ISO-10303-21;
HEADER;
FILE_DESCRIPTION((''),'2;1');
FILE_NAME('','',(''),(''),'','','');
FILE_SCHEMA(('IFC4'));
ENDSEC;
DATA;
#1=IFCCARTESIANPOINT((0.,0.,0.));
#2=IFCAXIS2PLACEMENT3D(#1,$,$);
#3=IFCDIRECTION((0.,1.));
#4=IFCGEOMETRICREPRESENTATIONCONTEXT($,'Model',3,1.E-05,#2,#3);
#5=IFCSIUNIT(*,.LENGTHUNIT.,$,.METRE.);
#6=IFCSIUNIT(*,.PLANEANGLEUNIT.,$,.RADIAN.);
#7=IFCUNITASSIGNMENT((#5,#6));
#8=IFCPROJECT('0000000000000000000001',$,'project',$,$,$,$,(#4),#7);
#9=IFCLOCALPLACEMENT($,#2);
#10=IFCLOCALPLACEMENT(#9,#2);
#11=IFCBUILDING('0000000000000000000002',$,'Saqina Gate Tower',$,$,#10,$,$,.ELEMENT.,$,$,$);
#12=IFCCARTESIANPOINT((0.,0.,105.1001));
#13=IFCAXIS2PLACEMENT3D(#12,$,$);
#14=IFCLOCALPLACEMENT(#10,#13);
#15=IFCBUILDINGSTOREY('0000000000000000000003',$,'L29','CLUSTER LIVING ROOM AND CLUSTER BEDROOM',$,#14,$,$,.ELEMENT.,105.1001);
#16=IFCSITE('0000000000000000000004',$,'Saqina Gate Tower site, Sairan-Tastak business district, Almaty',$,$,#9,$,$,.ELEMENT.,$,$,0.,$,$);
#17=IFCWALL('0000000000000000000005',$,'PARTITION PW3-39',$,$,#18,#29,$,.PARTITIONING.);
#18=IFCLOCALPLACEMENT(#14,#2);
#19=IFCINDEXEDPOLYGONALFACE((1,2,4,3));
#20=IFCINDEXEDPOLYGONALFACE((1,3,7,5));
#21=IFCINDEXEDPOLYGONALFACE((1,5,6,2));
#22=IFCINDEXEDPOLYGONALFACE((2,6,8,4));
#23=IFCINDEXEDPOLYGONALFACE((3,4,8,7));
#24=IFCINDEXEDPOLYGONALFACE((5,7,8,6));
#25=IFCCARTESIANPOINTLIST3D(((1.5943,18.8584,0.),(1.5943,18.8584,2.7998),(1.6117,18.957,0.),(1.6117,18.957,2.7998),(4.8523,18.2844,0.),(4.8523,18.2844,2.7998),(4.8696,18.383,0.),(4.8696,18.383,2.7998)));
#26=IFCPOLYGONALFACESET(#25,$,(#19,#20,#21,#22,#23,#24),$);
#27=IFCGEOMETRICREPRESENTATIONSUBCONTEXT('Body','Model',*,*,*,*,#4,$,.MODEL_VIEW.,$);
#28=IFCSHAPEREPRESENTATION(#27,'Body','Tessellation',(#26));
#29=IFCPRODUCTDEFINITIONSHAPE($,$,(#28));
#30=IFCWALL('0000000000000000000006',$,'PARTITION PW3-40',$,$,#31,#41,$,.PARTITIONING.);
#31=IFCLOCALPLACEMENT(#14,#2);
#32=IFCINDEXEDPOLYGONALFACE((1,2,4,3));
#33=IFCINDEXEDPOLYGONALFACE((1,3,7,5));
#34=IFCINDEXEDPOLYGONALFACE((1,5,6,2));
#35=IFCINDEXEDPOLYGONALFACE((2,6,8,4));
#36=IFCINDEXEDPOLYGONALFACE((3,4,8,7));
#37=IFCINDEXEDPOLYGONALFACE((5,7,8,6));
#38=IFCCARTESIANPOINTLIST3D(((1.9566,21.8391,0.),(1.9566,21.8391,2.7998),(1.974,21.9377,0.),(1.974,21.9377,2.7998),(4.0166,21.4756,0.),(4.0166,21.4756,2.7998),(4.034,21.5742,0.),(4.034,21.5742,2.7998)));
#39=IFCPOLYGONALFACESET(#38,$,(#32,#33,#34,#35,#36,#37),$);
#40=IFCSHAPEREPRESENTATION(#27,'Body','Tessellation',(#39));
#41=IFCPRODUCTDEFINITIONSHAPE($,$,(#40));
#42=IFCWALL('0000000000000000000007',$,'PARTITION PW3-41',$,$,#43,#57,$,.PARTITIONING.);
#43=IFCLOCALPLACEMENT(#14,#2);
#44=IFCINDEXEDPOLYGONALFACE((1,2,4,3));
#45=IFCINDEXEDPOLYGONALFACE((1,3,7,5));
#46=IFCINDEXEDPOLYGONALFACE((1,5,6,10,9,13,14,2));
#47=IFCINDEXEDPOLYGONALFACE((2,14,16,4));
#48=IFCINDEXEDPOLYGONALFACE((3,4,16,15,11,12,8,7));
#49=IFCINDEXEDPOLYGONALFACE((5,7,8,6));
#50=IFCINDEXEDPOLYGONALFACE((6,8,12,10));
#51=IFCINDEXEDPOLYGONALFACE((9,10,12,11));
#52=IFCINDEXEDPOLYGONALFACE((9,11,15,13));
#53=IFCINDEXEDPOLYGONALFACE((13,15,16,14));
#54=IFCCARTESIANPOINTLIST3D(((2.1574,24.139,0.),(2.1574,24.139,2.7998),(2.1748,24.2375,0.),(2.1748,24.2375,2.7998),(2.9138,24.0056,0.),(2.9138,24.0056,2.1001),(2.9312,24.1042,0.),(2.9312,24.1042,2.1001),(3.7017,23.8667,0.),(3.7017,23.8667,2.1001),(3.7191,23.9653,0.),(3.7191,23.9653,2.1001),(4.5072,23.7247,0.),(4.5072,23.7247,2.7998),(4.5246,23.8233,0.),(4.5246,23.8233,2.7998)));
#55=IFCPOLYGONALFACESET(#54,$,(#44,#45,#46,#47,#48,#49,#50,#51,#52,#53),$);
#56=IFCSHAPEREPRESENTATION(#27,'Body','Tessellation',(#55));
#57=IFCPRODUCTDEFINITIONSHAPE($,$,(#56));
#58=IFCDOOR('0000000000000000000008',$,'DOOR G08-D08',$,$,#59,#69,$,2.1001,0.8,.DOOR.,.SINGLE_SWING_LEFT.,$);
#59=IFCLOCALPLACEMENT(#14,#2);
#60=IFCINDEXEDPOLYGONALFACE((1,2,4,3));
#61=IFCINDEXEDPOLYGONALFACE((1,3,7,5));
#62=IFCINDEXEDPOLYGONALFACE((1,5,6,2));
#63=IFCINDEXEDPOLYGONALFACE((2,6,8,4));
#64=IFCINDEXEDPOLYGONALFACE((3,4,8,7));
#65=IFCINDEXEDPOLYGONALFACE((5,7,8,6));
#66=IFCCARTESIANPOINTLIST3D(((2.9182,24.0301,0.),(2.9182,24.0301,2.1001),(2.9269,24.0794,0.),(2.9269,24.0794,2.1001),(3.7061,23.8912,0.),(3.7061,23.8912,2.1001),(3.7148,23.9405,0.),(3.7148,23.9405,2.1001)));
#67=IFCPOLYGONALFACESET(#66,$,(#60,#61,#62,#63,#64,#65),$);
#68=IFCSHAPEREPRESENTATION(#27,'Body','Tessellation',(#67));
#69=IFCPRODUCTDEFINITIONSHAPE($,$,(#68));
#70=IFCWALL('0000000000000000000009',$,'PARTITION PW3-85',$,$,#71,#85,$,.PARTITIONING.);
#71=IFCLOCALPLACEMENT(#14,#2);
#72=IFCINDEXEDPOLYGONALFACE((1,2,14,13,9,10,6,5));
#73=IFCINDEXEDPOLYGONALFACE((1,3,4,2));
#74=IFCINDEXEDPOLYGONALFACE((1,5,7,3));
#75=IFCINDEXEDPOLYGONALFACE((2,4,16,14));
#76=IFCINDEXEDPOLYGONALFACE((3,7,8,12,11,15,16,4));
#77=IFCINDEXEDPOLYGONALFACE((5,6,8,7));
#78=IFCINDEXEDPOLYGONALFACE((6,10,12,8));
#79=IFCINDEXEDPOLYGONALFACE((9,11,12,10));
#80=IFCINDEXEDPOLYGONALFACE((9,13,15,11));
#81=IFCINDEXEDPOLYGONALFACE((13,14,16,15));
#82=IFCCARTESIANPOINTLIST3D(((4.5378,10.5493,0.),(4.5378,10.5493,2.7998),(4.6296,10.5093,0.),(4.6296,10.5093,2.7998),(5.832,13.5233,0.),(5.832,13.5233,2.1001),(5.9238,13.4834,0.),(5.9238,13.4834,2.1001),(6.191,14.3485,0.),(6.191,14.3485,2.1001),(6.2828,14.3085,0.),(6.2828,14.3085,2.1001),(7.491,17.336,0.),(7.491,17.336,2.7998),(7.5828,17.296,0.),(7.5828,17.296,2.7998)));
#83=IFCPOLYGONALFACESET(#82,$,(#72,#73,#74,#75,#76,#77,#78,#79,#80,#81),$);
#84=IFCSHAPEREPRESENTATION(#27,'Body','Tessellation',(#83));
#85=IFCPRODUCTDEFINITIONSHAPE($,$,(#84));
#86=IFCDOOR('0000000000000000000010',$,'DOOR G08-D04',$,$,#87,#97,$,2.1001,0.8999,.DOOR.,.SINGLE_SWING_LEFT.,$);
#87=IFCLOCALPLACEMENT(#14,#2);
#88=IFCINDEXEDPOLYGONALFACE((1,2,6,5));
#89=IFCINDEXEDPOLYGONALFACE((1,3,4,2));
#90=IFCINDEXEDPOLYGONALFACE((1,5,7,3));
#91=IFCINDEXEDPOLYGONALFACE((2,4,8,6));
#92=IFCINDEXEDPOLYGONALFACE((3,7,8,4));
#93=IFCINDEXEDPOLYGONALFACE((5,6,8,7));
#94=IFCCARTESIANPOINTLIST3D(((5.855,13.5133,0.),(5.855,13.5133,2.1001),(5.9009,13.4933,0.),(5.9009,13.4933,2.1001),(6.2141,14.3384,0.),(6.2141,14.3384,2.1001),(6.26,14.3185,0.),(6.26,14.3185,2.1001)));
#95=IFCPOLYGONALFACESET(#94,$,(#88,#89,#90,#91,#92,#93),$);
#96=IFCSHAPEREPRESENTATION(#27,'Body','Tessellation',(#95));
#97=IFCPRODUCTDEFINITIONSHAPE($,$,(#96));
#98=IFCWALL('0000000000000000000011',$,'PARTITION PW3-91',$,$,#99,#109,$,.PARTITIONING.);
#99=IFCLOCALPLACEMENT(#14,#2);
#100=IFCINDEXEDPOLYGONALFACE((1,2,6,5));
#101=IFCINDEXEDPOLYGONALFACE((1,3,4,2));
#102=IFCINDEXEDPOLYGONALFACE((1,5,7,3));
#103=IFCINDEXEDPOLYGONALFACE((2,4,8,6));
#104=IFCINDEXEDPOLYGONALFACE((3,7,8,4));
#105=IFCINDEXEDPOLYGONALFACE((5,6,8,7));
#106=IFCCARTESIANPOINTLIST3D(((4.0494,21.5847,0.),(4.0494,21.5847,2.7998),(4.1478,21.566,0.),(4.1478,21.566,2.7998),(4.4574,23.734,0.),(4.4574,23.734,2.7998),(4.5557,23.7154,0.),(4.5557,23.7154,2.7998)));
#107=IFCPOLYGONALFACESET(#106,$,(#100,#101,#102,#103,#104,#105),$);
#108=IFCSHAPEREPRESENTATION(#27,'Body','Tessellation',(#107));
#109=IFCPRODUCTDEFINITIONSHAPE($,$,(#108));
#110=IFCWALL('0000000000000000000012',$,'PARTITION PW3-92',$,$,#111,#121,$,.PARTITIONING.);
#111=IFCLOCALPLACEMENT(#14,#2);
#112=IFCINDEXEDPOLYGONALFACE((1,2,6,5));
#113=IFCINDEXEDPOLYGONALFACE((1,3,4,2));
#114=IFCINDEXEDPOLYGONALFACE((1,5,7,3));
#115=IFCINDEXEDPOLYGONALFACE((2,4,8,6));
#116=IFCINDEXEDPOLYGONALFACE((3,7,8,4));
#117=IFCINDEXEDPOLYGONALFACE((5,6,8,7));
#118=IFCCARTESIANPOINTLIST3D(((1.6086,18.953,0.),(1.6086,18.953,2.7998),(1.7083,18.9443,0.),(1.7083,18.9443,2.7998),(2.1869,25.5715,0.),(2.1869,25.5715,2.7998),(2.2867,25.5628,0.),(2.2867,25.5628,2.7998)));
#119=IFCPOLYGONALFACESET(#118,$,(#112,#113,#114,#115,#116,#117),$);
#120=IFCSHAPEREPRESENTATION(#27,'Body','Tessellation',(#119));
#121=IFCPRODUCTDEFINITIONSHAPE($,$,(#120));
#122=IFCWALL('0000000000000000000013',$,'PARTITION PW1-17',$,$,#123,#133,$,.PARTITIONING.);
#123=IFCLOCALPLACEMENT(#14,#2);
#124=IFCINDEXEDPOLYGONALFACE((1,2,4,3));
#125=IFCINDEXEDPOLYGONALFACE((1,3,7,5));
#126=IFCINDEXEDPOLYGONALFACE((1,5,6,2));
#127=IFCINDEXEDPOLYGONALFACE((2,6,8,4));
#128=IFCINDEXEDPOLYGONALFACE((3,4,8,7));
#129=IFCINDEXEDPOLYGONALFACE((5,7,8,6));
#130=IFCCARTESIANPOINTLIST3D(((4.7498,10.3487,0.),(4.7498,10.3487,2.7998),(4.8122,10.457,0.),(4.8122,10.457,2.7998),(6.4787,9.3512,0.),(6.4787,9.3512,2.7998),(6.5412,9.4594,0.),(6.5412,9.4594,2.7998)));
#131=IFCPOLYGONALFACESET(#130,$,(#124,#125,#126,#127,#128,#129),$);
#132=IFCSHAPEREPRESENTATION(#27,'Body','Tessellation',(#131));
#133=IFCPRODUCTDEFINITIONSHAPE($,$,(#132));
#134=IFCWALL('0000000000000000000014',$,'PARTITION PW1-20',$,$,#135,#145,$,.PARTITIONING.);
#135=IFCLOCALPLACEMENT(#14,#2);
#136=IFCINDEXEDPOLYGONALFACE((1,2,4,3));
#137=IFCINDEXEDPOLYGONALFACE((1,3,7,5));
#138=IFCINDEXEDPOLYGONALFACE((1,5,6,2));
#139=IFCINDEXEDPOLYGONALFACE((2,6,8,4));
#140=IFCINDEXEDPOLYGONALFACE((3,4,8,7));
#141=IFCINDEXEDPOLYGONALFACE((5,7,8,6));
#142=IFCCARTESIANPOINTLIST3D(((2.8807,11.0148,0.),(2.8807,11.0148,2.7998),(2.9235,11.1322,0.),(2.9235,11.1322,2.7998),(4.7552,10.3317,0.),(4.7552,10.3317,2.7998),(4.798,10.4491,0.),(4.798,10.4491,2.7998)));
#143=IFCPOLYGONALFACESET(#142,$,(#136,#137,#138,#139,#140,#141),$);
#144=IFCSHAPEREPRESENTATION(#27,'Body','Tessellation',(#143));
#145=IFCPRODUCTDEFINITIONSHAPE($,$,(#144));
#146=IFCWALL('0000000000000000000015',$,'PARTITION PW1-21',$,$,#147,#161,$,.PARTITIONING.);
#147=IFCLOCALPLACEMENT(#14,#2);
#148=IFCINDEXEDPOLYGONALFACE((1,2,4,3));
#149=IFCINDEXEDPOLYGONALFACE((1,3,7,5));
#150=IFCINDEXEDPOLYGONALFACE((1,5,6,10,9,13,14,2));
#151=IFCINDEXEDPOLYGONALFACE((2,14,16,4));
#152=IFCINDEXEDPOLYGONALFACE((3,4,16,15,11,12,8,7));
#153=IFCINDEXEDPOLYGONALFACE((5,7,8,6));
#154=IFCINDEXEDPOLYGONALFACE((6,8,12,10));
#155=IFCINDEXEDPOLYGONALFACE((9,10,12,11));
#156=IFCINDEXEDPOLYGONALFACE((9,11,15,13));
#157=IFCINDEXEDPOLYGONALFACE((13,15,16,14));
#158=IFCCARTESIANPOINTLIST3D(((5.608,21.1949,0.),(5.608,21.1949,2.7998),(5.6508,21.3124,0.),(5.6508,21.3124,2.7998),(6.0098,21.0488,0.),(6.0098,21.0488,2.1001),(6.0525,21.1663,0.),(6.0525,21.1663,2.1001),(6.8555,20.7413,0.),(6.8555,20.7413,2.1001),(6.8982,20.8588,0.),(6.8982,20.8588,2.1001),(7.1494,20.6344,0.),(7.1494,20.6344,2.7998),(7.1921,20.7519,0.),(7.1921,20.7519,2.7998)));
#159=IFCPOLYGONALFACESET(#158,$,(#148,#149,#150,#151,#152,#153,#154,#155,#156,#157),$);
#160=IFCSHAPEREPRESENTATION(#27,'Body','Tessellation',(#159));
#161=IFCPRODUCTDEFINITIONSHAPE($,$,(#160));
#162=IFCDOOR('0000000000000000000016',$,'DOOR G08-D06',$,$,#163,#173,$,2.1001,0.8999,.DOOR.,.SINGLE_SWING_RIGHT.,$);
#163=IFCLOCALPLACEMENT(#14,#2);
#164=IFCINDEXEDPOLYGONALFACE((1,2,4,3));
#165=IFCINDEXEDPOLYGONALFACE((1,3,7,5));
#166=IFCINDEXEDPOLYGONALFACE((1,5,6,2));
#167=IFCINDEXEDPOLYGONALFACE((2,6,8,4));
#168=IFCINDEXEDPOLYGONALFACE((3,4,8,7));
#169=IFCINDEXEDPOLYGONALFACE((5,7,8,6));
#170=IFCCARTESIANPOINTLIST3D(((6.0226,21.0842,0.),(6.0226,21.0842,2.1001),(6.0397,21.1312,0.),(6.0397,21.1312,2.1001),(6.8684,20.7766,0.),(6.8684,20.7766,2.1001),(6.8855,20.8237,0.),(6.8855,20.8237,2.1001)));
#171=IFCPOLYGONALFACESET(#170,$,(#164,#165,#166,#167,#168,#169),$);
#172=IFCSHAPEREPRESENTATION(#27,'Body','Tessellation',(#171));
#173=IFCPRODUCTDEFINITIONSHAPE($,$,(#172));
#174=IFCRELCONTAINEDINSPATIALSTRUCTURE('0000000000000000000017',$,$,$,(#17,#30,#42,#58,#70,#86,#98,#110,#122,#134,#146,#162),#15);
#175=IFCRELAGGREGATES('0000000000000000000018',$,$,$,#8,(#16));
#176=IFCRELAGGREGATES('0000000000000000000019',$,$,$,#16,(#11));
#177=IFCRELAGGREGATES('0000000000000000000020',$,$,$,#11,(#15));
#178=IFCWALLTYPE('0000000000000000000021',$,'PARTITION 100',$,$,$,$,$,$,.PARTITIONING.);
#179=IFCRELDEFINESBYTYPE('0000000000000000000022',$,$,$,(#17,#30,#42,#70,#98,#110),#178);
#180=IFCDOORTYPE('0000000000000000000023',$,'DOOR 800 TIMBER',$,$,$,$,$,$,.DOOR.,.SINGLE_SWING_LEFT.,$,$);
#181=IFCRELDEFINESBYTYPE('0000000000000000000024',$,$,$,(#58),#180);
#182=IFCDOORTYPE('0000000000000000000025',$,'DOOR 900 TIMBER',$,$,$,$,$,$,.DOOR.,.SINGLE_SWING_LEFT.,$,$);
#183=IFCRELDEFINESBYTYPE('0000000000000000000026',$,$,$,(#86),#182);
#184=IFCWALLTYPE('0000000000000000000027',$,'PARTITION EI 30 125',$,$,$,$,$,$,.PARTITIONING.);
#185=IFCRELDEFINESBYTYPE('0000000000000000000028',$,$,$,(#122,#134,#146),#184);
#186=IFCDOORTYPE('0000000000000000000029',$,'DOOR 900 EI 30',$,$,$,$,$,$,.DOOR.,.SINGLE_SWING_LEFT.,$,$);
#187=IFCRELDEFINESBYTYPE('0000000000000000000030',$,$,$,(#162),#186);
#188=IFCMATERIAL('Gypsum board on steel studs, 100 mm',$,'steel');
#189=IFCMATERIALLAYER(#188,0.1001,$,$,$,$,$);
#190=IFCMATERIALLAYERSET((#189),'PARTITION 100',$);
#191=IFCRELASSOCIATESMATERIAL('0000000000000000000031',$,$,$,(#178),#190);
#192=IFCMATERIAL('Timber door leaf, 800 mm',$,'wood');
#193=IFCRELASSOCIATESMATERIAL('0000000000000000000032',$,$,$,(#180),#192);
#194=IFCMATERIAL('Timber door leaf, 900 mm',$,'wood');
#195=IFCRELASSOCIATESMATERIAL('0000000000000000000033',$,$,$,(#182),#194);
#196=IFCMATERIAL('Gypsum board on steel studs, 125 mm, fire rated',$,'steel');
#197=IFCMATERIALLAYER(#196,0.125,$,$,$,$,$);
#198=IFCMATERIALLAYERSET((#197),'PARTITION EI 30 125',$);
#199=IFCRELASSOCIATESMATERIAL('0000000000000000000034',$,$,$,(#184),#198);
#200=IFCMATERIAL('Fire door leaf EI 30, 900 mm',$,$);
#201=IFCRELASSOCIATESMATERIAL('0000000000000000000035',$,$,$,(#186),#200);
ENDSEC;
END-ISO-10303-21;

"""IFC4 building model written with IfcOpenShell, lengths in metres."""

from ifc_helpers import new_model, si_unit, direction, frame, frame_2d, origin, place, context, subcontext, project, spatial, rectangle, extrude, material, layer, layer_set, type_object, element, fill, save


model = new_model("IFC4")

# Units and contexts
model_context = context("Model", 3, precision=1e-05, world=origin(), true_north=direction((0.0, 1.0)))
body_context = subcontext(model_context, "Body", "Model", "MODEL_VIEW")
ifc_project = project(units=[si_unit("LENGTHUNIT", "METRE"), si_unit("PLANEANGLEUNIT", "RADIAN")], contexts=[model_context])

# Site, building, storey
site_placement = place(None, origin())
site = spatial("IfcSite", under=ifc_project, at=site_placement, Name="Saqina Gate Tower site, Sairan-Tastak business district, Almaty", CompositionType="ELEMENT", RefElevation=0.0)
building_placement = place(site_placement, origin())
building = spatial("IfcBuilding", under=site, at=building_placement, Name="Saqina Gate Tower", CompositionType="ELEMENT")
storey_placement = place(building_placement, frame((0.0, 0.0, 105.1001)))
storey = spatial("IfcBuildingStorey", under=building, at=storey_placement, Name="L29", Description="CLUSTER LIVING ROOM AND CLUSTER BEDROOM", CompositionType="ELEMENT", Elevation=105.1001)

# Walls
ifc_material_1 = material(Name="Gypsum board on steel studs, 100 mm", Category="steel")
ifc_layer_1 = layer(ifc_material_1, 0.1001)
ifc_layer_set_1 = layer_set([ifc_layer_1], Name="PARTITION 100")
wall_type_1 = type_object("IfcWallType", Name="PARTITION 100", PredefinedType="PARTITIONING", material=ifc_layer_set_1)
wall_1_placement = place(storey_placement, frame((1.603, 18.9077, 0.0), z_axis=(0.0, 0.0, 1.0), x_axis=(0.984832, -0.173512, 0.0)))
element("IfcWall", 1, at=wall_1_placement, inside=storey, type_object=wall_type_1, Name="PARTITION PW3-39", PredefinedType="PARTITIONING", context=body_context, shape_type="SweptSolid", body=[
    extrude(rectangle(XDim=3.3081, YDim=0.1001, at=frame_2d((1.6541, 0.0))), origin(), (0.0, 0.0, 1.0), 2.7998),
])
wall_2_placement = place(storey_placement, frame((1.9653, 21.8884, 0.0), z_axis=(0.0, 0.0, 1.0), x_axis=(0.984785, -0.173779, 0.0)))
element("IfcWall", 2, at=wall_2_placement, inside=storey, type_object=wall_type_1, Name="PARTITION PW3-40", PredefinedType="PARTITIONING", context=body_context, shape_type="SweptSolid", body=[
    extrude(rectangle(XDim=2.0918, YDim=0.1001, at=frame_2d((1.0459, 0.0))), origin(), (0.0, 0.0, 1.0), 2.7998),
])

# Walls, openings, doors
wall_3_placement = place(storey_placement, frame((2.1663, 24.1882, 0.0), z_axis=(0.0, 0.0, 1.0), x_axis=(0.98481, -0.173634, 0.0)))
wall_3 = element("IfcWall", 3, at=wall_3_placement, inside=storey, type_object=wall_type_1, Name="PARTITION PW3-41", PredefinedType="PARTITIONING", context=body_context, shape_type="SweptSolid", body=[
    extrude(rectangle(XDim=2.386, YDim=0.1001, at=frame_2d((1.1929, 0.0))), origin(), (0.0, 0.0, 1.0), 2.7998),
])
opening_1_placement = place(wall_3_placement, frame((0.7681, 0.0, 0.0)))
opening_1 = element("IfcOpeningElement", 4, at=opening_1_placement, cuts=wall_3, PredefinedType="OPENING", context=body_context, shape_type="SweptSolid", body=[
    extrude(rectangle(XDim=0.8, YDim=2.1001, at=frame_2d((0.3999, 1.05))), frame((0.0, 0.062, 0.0), z_axis=(0.0, -1.0, 0.0), x_axis=(1.0, 0.0, 0.0)), (0.0, 0.0, 1.0), 0.124),
])
ifc_material_2 = material(Name="Timber door leaf, 800 mm", Category="wood")
door_type_1 = type_object("IfcDoorType", Name="DOOR 800 TIMBER", OperationType="SINGLE_SWING_LEFT", PredefinedType="DOOR", material=ifc_material_2)
door_1_placement = place(opening_1_placement, origin())
door_1 = element("IfcDoor", 5, at=door_1_placement, inside=storey, type_object=door_type_1, Name="DOOR G08-D08", OperationType="SINGLE_SWING_LEFT", OverallHeight=2.1001, OverallWidth=0.8, PredefinedType="DOOR", context=body_context, shape_type="SweptSolid", body=[
    extrude(rectangle(XDim=0.8, YDim=2.1001, at=frame_2d((0.3999, 1.05))), frame((0.0, 0.0249, 0.0), z_axis=(0.0, -1.0, 0.0), x_axis=(1.0, 0.0, 0.0)), (0.0, 0.0, 1.0), 0.05),
])
fill(opening_1, door_1)
wall_4_placement = place(storey_placement, frame((4.5837, 10.5293, 0.0), z_axis=(0.0, 0.0, 1.0), x_axis=(0.399001, 0.91695, 0.0)))
wall_4 = element("IfcWall", 6, at=wall_4_placement, inside=storey, type_object=wall_type_1, Name="PARTITION PW3-85", PredefinedType="PARTITIONING", context=body_context, shape_type="SweptSolid", body=[
    extrude(rectangle(XDim=7.4014, YDim=0.1001, at=frame_2d((3.7007, 0.0))), origin(), (0.0, 0.0, 1.0), 2.7998),
])
opening_2_placement = place(wall_4_placement, frame((3.2434, 0.0, 0.0)))
opening_2 = element("IfcOpeningElement", 7, at=opening_2_placement, cuts=wall_4, PredefinedType="OPENING", context=body_context, shape_type="SweptSolid", body=[
    extrude(rectangle(XDim=0.8999, YDim=2.1001, at=frame_2d((0.45, 1.05))), frame((0.0, 0.062, 0.0), z_axis=(0.0, -1.0, 0.0), x_axis=(1.0, 0.0, 0.0)), (0.0, 0.0, 1.0), 0.124),
])
ifc_material_3 = material(Name="Timber door leaf, 900 mm", Category="wood")
door_type_2 = type_object("IfcDoorType", Name="DOOR 900 TIMBER", OperationType="SINGLE_SWING_LEFT", PredefinedType="DOOR", material=ifc_material_3)
door_2_placement = place(opening_2_placement, origin())
door_2 = element("IfcDoor", 8, at=door_2_placement, inside=storey, type_object=door_type_2, Name="DOOR G08-D04", OperationType="SINGLE_SWING_LEFT", OverallHeight=2.1001, OverallWidth=0.8999, PredefinedType="DOOR", context=body_context, shape_type="SweptSolid", body=[
    extrude(rectangle(XDim=0.8999, YDim=2.1001, at=frame_2d((0.45, 1.05))), frame((0.0, 0.0249, 0.0), z_axis=(0.0, -1.0, 0.0), x_axis=(1.0, 0.0, 0.0)), (0.0, 0.0, 1.0), 0.05),
])
fill(opening_2, door_2)

# Walls
wall_5_placement = place(storey_placement, frame((4.0986, 21.5754, 0.0), z_axis=(0.0, 0.0, 1.0), x_axis=(0.186471, 0.98246, 0.0)))
element("IfcWall", 9, at=wall_5_placement, inside=storey, type_object=wall_type_1, Name="PARTITION PW3-91", PredefinedType="PARTITIONING", context=body_context, shape_type="SweptSolid", body=[
    extrude(rectangle(XDim=2.1877, YDim=0.1001, at=frame_2d((1.0938, 0.0))), origin(), (0.0, 0.0, 1.0), 2.7998),
])
wall_6_placement = place(storey_placement, frame((1.6584, 18.9487, 0.0), z_axis=(0.0, 0.0, 1.0), x_axis=(0.087053, 0.996204, 0.0)))
element("IfcWall", 10, at=wall_6_placement, inside=storey, type_object=wall_type_1, Name="PARTITION PW3-92", PredefinedType="PARTITIONING", context=body_context, shape_type="SweptSolid", body=[
    extrude(rectangle(XDim=6.6438, YDim=0.1001, at=frame_2d((3.3218, 0.0))), origin(), (0.0, 0.0, 1.0), 2.7998),
])
ifc_material_4 = material(Name="Gypsum board on steel studs, 125 mm, fire rated", Category="steel")
ifc_layer_2 = layer(ifc_material_4, 0.125)
ifc_layer_set_2 = layer_set([ifc_layer_2], Name="PARTITION EI 30 125")
wall_type_2 = type_object("IfcWallType", Name="PARTITION EI 30 125", PredefinedType="PARTITIONING", material=ifc_layer_set_2)
wall_7_placement = place(storey_placement, frame((4.781, 10.4028, 0.0), z_axis=(0.0, 0.0, 1.0), x_axis=(0.866173, -0.499744, 0.0)))
element("IfcWall", 11, at=wall_7_placement, inside=storey, type_object=wall_type_2, Name="PARTITION PW1-17", PredefinedType="PARTITIONING", context=body_context, shape_type="SweptSolid", body=[
    extrude(rectangle(XDim=1.9961, YDim=0.125, at=frame_2d((0.998, 0.0))), origin(), (0.0, 0.0, 1.0), 2.7998),
])
wall_8_placement = place(storey_placement, frame((2.9021, 11.0735, 0.0), z_axis=(0.0, 0.0, 1.0), x_axis=(0.939557, -0.342391, 0.0)))
element("IfcWall", 12, at=wall_8_placement, inside=storey, type_object=wall_type_2, Name="PARTITION PW1-20", PredefinedType="PARTITIONING", context=body_context, shape_type="SweptSolid", body=[
    extrude(rectangle(XDim=1.9951, YDim=0.125, at=frame_2d((0.9976, 0.0))), origin(), (0.0, 0.0, 1.0), 2.7998),
])

# Wall, opening, door
wall_9_placement = place(storey_placement, frame((5.6294, 21.2537, 0.0), z_axis=(0.0, 0.0, 1.0), x_axis=(0.939793, -0.341743, 0.0)))
wall_9 = element("IfcWall", 13, at=wall_9_placement, inside=storey, type_object=wall_type_2, Name="PARTITION PW1-21", PredefinedType="PARTITIONING", context=body_context, shape_type="SweptSolid", body=[
    extrude(rectangle(XDim=1.6401, YDim=0.125, at=frame_2d((0.8201, 0.0))), origin(), (0.0, 0.0, 1.0), 2.7998),
])
opening_3_placement = place(wall_9_placement, frame((0.4275, 0.0, 0.0)))
opening_3 = element("IfcOpeningElement", 14, at=opening_3_placement, cuts=wall_9, PredefinedType="OPENING", context=body_context, shape_type="SweptSolid", body=[
    extrude(rectangle(XDim=0.8999, YDim=2.1001, at=frame_2d((0.45, 1.05))), frame((0.0, 0.0745, 0.0), z_axis=(0.0, -1.0, 0.0), x_axis=(1.0, 0.0, 0.0)), (0.0, 0.0, 1.0), 0.1489),
])
ifc_material_5 = material(Name="Fire door leaf EI 30, 900 mm")
door_type_3 = type_object("IfcDoorType", Name="DOOR 900 EI 30", OperationType="SINGLE_SWING_LEFT", PredefinedType="DOOR", material=ifc_material_5)
door_3_placement = place(opening_3_placement, frame((0.8999, 0.0, 0.0), z_axis=(0.0, 0.0, 1.0), x_axis=(-1.0, 0.0, 0.0)))
door_3 = element("IfcDoor", 15, at=door_3_placement, inside=storey, type_object=door_type_3, Name="DOOR G08-D06", OperationType="SINGLE_SWING_RIGHT", OverallHeight=2.1001, OverallWidth=0.8999, PredefinedType="DOOR", context=body_context, shape_type="SweptSolid", body=[
    extrude(rectangle(XDim=0.8999, YDim=2.1001, at=frame_2d((0.45, 1.05))), frame((0.0, 0.0249, 0.0), z_axis=(0.0, -1.0, 0.0), x_axis=(1.0, 0.0, 0.0)), (0.0, 0.0, 1.0), 0.05),
])
fill(opening_3, door_3)

save(model, "model.ifc")
